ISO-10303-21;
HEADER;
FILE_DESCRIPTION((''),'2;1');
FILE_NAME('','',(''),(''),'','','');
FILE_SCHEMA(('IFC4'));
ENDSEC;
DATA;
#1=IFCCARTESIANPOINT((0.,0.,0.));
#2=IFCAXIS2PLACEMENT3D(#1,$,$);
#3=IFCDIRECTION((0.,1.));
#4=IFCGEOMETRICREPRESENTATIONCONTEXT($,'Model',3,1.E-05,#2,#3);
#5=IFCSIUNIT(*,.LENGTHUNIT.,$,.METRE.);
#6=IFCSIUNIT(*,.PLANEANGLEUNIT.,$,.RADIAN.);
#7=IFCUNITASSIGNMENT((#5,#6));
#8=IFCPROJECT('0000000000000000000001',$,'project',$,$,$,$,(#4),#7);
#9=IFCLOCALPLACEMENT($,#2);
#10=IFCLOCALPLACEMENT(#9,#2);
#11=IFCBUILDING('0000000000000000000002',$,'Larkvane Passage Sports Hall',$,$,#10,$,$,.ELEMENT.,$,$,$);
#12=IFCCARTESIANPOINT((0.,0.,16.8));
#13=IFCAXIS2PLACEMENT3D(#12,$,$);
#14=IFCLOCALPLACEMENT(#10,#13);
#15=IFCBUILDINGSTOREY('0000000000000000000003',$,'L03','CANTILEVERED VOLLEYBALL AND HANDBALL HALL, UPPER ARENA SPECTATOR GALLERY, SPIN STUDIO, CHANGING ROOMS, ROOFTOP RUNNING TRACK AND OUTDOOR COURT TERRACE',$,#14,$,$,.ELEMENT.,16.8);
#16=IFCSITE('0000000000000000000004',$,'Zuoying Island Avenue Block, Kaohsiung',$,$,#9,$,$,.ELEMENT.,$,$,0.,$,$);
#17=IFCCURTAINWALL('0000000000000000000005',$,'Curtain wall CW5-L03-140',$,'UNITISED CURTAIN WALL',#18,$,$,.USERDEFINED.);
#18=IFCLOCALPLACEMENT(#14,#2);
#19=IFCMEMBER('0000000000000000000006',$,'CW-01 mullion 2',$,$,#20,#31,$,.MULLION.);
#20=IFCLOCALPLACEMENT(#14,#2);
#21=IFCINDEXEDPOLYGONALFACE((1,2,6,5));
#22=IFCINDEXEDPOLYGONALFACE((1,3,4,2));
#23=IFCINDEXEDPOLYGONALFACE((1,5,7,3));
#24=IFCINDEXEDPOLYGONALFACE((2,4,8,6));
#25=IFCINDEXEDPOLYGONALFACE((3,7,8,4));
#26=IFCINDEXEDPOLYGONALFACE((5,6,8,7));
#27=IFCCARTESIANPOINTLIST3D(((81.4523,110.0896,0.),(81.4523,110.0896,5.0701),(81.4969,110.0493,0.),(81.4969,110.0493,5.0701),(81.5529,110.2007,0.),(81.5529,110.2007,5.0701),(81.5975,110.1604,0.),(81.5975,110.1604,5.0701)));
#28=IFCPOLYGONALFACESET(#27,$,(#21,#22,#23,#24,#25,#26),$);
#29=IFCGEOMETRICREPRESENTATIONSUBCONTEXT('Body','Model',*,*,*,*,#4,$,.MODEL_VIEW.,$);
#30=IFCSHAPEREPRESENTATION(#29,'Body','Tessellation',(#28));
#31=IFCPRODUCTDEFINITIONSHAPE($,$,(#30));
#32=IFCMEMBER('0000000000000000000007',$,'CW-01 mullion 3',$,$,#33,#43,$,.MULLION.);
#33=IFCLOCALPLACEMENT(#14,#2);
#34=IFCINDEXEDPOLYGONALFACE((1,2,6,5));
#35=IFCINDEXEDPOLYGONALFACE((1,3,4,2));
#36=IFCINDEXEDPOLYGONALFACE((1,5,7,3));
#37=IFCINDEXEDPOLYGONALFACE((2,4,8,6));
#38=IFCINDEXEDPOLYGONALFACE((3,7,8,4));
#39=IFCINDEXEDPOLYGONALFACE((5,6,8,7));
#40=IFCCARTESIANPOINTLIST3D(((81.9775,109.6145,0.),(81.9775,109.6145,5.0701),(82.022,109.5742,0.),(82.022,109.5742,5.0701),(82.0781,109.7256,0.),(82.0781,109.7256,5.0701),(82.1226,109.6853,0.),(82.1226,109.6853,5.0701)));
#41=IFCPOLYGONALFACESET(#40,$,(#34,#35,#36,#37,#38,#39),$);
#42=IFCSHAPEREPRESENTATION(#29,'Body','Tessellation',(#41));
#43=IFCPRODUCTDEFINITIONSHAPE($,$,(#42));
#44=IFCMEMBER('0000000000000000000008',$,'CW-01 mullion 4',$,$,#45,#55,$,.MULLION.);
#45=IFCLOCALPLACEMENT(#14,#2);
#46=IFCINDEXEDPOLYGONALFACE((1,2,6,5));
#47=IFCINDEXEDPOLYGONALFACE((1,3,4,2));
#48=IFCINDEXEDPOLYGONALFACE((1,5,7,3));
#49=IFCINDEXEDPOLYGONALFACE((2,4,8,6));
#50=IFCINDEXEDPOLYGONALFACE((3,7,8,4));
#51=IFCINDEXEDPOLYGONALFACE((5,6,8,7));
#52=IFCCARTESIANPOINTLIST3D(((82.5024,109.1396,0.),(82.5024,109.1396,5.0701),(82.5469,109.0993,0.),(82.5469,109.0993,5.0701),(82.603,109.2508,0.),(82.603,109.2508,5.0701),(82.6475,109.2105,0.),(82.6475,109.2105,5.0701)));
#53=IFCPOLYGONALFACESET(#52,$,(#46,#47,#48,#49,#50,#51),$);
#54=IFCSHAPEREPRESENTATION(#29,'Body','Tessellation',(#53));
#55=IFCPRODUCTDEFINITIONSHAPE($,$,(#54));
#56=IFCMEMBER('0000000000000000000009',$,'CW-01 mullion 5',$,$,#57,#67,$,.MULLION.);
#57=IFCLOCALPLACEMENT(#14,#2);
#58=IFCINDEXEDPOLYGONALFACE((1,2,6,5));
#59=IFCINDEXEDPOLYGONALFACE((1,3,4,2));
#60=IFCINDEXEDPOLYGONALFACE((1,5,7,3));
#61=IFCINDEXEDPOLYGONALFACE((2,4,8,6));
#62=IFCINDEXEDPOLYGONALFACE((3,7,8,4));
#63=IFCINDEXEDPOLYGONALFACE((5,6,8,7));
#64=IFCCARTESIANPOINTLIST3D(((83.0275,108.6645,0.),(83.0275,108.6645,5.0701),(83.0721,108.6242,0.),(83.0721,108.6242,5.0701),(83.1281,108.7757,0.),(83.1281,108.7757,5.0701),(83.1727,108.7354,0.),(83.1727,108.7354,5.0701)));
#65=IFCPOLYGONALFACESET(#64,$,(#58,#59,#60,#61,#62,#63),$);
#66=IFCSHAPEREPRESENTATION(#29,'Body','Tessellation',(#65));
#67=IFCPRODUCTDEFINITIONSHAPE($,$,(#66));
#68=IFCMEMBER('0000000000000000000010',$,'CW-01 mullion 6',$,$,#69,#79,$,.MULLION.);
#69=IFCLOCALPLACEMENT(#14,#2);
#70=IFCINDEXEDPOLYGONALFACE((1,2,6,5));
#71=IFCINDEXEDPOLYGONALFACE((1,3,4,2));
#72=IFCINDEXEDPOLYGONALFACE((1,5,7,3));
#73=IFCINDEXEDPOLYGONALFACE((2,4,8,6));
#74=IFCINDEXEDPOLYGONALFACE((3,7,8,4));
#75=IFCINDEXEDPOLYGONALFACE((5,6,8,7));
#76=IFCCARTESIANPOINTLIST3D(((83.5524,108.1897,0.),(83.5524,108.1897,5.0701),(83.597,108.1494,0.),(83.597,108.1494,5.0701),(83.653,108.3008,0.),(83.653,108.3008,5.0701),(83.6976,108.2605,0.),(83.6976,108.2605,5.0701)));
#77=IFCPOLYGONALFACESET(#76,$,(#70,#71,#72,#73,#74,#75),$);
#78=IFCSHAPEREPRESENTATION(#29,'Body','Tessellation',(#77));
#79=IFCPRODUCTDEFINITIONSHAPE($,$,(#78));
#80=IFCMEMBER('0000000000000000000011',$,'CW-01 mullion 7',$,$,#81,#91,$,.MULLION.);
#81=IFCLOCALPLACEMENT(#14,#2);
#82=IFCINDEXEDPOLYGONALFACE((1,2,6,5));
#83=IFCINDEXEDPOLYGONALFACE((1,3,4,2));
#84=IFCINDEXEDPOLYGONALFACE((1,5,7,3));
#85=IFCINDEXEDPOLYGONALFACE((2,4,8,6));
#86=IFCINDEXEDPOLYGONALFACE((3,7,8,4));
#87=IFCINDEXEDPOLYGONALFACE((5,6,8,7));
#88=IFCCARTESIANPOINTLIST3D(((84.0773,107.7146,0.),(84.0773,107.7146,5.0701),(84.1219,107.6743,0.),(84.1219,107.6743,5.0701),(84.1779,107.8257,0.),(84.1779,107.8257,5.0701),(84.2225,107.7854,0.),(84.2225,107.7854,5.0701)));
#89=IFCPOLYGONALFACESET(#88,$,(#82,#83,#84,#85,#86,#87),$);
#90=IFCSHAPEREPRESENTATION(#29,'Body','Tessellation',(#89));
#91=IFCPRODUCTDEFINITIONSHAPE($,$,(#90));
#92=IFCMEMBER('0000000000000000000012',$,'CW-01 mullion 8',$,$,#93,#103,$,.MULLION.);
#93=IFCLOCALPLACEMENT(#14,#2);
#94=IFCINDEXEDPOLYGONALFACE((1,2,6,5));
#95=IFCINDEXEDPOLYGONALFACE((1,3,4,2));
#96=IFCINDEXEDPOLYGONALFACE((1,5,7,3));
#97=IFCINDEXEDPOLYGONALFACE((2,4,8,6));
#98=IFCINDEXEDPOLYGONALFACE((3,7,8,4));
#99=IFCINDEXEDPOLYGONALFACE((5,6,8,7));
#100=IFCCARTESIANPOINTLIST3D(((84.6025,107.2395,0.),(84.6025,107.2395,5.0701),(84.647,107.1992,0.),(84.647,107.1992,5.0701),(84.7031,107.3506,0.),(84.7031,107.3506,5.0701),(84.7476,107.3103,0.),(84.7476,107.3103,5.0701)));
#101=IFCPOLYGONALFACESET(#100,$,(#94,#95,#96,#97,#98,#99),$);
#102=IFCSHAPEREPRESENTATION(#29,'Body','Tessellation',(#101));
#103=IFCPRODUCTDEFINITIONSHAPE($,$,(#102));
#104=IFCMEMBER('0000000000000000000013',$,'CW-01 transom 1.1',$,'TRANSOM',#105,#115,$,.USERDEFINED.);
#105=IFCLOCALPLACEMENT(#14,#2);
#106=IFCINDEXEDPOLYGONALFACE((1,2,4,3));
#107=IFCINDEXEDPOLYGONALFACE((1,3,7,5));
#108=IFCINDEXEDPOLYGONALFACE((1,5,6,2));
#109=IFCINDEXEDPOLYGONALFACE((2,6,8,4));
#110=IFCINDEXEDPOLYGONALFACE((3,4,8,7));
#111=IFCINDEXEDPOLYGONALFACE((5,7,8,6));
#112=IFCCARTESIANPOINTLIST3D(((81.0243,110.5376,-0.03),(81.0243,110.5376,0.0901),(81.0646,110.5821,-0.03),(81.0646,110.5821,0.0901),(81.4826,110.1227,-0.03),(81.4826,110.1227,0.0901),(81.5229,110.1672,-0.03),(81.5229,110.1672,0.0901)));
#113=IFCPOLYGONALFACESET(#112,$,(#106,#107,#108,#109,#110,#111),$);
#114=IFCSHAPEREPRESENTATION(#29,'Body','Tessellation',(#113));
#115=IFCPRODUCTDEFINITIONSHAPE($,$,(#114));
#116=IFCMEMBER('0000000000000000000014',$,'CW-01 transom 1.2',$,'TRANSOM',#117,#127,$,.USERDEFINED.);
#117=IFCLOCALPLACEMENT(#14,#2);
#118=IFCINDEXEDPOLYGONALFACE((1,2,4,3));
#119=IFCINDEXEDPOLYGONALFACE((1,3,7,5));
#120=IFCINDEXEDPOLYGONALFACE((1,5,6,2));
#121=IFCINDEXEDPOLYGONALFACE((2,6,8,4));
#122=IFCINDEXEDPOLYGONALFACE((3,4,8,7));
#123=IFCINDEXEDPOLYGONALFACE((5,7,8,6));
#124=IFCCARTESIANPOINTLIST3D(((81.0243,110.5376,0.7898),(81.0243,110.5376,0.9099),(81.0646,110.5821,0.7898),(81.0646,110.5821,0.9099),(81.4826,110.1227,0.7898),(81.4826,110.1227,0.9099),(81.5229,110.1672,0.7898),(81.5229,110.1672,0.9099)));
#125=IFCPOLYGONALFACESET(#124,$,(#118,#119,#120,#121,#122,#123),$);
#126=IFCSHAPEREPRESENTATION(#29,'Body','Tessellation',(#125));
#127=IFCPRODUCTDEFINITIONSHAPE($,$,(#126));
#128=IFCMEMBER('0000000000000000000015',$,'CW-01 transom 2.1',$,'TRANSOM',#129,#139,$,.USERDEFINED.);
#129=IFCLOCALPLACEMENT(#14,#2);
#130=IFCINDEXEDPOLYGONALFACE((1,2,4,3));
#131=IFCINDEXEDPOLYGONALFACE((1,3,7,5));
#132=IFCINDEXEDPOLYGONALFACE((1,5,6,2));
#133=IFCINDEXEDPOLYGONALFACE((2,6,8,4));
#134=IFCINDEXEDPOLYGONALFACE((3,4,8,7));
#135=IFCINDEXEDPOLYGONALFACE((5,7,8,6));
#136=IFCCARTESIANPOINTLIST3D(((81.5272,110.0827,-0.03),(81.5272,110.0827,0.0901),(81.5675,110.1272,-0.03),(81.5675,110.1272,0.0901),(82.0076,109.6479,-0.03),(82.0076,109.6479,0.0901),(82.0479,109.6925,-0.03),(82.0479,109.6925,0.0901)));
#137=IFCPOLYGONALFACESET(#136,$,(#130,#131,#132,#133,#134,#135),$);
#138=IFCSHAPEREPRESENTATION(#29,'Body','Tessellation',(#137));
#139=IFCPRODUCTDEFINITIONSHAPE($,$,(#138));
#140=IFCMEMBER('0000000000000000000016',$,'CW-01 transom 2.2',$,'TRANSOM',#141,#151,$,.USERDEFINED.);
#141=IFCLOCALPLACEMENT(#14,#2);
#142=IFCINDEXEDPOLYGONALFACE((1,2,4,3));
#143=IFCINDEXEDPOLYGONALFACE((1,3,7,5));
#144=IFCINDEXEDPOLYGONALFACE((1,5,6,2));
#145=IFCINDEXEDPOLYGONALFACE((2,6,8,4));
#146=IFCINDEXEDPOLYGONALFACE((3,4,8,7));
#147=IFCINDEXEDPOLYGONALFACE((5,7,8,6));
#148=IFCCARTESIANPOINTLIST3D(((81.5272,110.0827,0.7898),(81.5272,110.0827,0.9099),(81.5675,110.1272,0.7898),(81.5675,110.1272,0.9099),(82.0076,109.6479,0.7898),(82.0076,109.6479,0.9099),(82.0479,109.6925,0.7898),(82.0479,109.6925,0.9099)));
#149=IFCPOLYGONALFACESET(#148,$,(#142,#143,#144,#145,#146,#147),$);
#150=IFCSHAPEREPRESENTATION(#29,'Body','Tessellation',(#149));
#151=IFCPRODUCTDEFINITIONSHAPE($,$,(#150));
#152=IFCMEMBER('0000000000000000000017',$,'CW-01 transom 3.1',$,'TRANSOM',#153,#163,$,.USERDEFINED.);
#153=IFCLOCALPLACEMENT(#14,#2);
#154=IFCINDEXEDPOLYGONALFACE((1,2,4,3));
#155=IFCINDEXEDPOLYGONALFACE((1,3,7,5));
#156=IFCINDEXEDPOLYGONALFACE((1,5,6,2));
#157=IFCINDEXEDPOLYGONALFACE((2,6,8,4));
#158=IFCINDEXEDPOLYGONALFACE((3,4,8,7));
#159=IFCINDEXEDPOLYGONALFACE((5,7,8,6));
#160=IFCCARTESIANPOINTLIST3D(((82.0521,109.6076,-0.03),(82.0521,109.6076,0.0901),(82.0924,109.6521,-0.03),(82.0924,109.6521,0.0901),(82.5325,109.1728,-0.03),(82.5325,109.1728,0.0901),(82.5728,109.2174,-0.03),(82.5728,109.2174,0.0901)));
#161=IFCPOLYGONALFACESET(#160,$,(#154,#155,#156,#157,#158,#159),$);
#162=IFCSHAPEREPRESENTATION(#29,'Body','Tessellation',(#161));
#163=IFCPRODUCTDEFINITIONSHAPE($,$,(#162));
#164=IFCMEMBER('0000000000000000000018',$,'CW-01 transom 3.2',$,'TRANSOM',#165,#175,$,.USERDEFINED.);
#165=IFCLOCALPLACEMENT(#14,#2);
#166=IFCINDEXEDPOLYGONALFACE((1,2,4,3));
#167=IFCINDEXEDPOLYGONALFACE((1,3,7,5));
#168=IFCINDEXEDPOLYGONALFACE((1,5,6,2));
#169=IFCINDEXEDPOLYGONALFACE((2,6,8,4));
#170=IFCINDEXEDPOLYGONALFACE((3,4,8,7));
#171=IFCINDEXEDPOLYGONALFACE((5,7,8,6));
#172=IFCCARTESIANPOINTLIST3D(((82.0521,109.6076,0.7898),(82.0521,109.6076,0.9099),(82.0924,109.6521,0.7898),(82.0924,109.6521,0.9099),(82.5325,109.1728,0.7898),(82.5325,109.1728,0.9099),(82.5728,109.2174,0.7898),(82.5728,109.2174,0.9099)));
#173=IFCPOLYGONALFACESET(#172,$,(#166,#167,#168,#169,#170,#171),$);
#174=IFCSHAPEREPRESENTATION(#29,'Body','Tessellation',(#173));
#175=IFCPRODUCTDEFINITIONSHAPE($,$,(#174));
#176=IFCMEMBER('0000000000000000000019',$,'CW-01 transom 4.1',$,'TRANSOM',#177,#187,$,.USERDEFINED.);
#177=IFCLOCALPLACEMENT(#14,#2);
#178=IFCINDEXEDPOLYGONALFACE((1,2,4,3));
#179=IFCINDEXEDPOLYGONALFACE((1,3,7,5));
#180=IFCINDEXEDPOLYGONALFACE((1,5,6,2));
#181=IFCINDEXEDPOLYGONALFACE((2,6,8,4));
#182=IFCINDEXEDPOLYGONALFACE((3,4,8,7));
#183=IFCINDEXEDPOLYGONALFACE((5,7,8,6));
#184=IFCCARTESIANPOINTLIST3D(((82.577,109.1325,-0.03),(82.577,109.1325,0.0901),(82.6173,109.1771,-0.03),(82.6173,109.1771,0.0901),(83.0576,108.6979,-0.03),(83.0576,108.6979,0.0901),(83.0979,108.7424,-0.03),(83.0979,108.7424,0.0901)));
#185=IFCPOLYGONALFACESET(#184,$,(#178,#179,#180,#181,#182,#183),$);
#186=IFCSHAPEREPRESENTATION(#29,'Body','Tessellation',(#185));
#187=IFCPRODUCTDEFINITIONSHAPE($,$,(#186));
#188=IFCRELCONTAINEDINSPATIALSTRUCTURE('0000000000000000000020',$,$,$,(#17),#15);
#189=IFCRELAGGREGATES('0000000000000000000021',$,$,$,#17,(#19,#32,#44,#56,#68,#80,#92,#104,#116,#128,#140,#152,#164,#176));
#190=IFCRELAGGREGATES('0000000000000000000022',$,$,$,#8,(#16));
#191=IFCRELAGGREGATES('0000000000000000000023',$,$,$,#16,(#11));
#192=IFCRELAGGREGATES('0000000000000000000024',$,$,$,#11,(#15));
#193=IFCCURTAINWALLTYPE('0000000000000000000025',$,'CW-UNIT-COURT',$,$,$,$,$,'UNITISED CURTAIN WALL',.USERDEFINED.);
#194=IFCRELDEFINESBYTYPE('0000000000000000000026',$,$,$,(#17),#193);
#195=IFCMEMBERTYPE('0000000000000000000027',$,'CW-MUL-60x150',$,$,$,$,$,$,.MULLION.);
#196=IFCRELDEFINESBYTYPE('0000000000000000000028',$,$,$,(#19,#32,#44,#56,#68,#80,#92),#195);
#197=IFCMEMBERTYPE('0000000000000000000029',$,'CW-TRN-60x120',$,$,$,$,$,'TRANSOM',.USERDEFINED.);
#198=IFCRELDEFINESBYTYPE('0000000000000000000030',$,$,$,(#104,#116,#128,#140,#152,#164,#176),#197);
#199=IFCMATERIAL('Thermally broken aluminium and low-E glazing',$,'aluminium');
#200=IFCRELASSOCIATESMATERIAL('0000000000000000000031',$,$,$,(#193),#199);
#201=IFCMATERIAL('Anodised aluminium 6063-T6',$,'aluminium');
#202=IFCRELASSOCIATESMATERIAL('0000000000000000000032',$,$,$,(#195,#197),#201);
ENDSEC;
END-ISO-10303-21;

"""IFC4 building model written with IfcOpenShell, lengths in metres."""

from ifc_helpers import new_model, si_unit, direction, frame, origin, origin_2d, place, context, subcontext, project, spatial, rectangle, extrude, material, material_profile, profile_set, type_object, element, aggregate, save


model = new_model("IFC4")

# Units and contexts
model_context = context("Model", 3, precision=1e-05, world=origin(), true_north=direction((0.0, 1.0)))
body_context = subcontext(model_context, "Body", "Model", "MODEL_VIEW")
ifc_project = project(units=[si_unit("LENGTHUNIT", "METRE"), si_unit("PLANEANGLEUNIT", "RADIAN")], contexts=[model_context])

# Site, building, storey
site_placement = place(None, origin())
site = spatial("IfcSite", under=ifc_project, at=site_placement, Name="Zuoying Island Avenue Block, Kaohsiung", CompositionType="ELEMENT", RefElevation=0.0)
building_placement = place(site_placement, origin())
building = spatial("IfcBuilding", under=site, at=building_placement, Name="Larkvane Passage Sports Hall", CompositionType="ELEMENT")
storey_placement = place(building_placement, frame((0.0, 0.0, 16.8)))
storey = spatial("IfcBuildingStorey", under=building, at=storey_placement, Name="L03", Description="CANTILEVERED VOLLEYBALL AND HANDBALL HALL, UPPER ARENA SPECTATOR GALLERY, SPIN STUDIO, CHANGING ROOMS, ROOFTOP RUNNING TRACK AND OUTDOOR COURT TERRACE", CompositionType="ELEMENT", Elevation=16.8)

# Curtain wall, members
ifc_material_1 = material(Name="Thermally broken aluminium and low-E glazing", Category="aluminium")
curtain_wall_type = type_object("IfcCurtainWallType", Name="CW-UNIT-COURT", ElementType="UNITISED CURTAIN WALL", PredefinedType="USERDEFINED", material=ifc_material_1)
curtain_wall_placement = place(storey_placement, origin())
curtain_wall = element("IfcCurtainWall", 1, at=curtain_wall_placement, inside=storey, type_object=curtain_wall_type, Name="Curtain wall CW5-L03-140", ObjectType="UNITISED CURTAIN WALL", PredefinedType="USERDEFINED")
ifc_material_2 = material(Name="Anodised aluminium 6063-T6", Category="aluminium")
ifc_material_profile_1 = material_profile(ifc_material_2, rectangle(XDim=0.0601, YDim=0.1499, at=origin_2d()), Name="ALU-MUL-60x150")
ifc_profile_set_1 = profile_set([ifc_material_profile_1], Name="Anodised aluminium 6063-T6")
member_type_1 = type_object("IfcMemberType", Name="CW-MUL-60x150", PredefinedType="MULLION", material=ifc_profile_set_1)
member_1_placement = place(storey_placement, frame((81.5249, 110.125, 0.0), z_axis=(0.0, 0.0, 1.0), x_axis=(0.741536, -0.670913, 0.0)))
member_1 = element("IfcMember", 2, at=member_1_placement, type_object=member_type_1, Name="CW-01 mullion 2", PredefinedType="MULLION", context=body_context, shape_type="SweptSolid", body=[
    extrude(rectangle(XDim=0.0601, YDim=0.1499, at=origin_2d()), origin(), (0.0, 0.0, 1.0), 5.0701),
])
member_2_placement = place(storey_placement, frame((82.05, 109.6499, 0.0), z_axis=(0.0, 0.0, 1.0), x_axis=(0.741536, -0.670913, 0.0)))
member_2 = element("IfcMember", 3, at=member_2_placement, type_object=member_type_1, Name="CW-01 mullion 3", PredefinedType="MULLION", context=body_context, shape_type="SweptSolid", body=[
    extrude(rectangle(XDim=0.0601, YDim=0.1499, at=origin_2d()), origin(), (0.0, 0.0, 1.0), 5.0701),
])
member_3_placement = place(storey_placement, frame((82.575, 109.175, 0.0), z_axis=(0.0, 0.0, 1.0), x_axis=(0.741536, -0.670913, 0.0)))
member_3 = element("IfcMember", 4, at=member_3_placement, type_object=member_type_1, Name="CW-01 mullion 4", PredefinedType="MULLION", context=body_context, shape_type="SweptSolid", body=[
    extrude(rectangle(XDim=0.0601, YDim=0.1499, at=origin_2d()), origin(), (0.0, 0.0, 1.0), 5.0701),
])
member_4_placement = place(storey_placement, frame((83.1001, 108.7, 0.0), z_axis=(0.0, 0.0, 1.0), x_axis=(0.741536, -0.670913, 0.0)))
member_4 = element("IfcMember", 5, at=member_4_placement, type_object=member_type_1, Name="CW-01 mullion 5", PredefinedType="MULLION", context=body_context, shape_type="SweptSolid", body=[
    extrude(rectangle(XDim=0.0601, YDim=0.1499, at=origin_2d()), origin(), (0.0, 0.0, 1.0), 5.0701),
])
member_5_placement = place(storey_placement, frame((83.625, 108.2251, 0.0), z_axis=(0.0, 0.0, 1.0), x_axis=(0.741536, -0.670913, 0.0)))
member_5 = element("IfcMember", 6, at=member_5_placement, type_object=member_type_1, Name="CW-01 mullion 6", PredefinedType="MULLION", context=body_context, shape_type="SweptSolid", body=[
    extrude(rectangle(XDim=0.0601, YDim=0.1499, at=origin_2d()), origin(), (0.0, 0.0, 1.0), 5.0701),
])
member_6_placement = place(storey_placement, frame((84.1499, 107.75, 0.0), z_axis=(0.0, 0.0, 1.0), x_axis=(0.741536, -0.670913, 0.0)))
member_6 = element("IfcMember", 7, at=member_6_placement, type_object=member_type_1, Name="CW-01 mullion 7", PredefinedType="MULLION", context=body_context, shape_type="SweptSolid", body=[
    extrude(rectangle(XDim=0.0601, YDim=0.1499, at=origin_2d()), origin(), (0.0, 0.0, 1.0), 5.0701),
])
member_7_placement = place(storey_placement, frame((84.675, 107.2749, 0.0), z_axis=(0.0, 0.0, 1.0), x_axis=(0.741536, -0.670913, 0.0)))
member_7 = element("IfcMember", 8, at=member_7_placement, type_object=member_type_1, Name="CW-01 mullion 8", PredefinedType="MULLION", context=body_context, shape_type="SweptSolid", body=[
    extrude(rectangle(XDim=0.0601, YDim=0.1499, at=origin_2d()), origin(), (0.0, 0.0, 1.0), 5.0701),
])
ifc_material_profile_2 = material_profile(ifc_material_2, rectangle(XDim=0.0601, YDim=0.1201, at=origin_2d()), Name="ALU-TRN-60x120")
ifc_profile_set_2 = profile_set([ifc_material_profile_2], Name="Anodised aluminium 6063-T6")
member_type_2 = type_object("IfcMemberType", Name="CW-TRN-60x120", ElementType="TRANSOM", PredefinedType="USERDEFINED", material=ifc_profile_set_2)
member_8_placement = place(storey_placement, frame((81.0444, 110.5598, 0.03), z_axis=(0.741386, -0.671079, 0.0), x_axis=(0.671079, 0.741386, 0.0)))
member_8 = element("IfcMember", 9, at=member_8_placement, type_object=member_type_2, Name="CW-01 transom 1.1", ObjectType="TRANSOM", PredefinedType="USERDEFINED", context=body_context, shape_type="SweptSolid", body=[
    extrude(rectangle(XDim=0.0601, YDim=0.1201, at=origin_2d()), origin(), (0.0, 0.0, 1.0), 0.6182),
])
member_9_placement = place(storey_placement, frame((81.0444, 110.5598, 0.8499), z_axis=(0.741386, -0.671079, 0.0), x_axis=(0.671079, 0.741386, 0.0)))
member_9 = element("IfcMember", 10, at=member_9_placement, type_object=member_type_2, Name="CW-01 transom 1.2", ObjectType="TRANSOM", PredefinedType="USERDEFINED", context=body_context, shape_type="SweptSolid", body=[
    extrude(rectangle(XDim=0.0601, YDim=0.1201, at=origin_2d()), origin(), (0.0, 0.0, 1.0), 0.6182),
])
member_10_placement = place(storey_placement, frame((81.5474, 110.105, 0.03), z_axis=(0.741455, -0.671002, 0.0), x_axis=(0.671002, 0.741455, 0.0)))
member_10 = element("IfcMember", 11, at=member_10_placement, type_object=member_type_2, Name="CW-01 transom 2.1", ObjectType="TRANSOM", PredefinedType="USERDEFINED", context=body_context, shape_type="SweptSolid", body=[
    extrude(rectangle(XDim=0.0601, YDim=0.1201, at=origin_2d()), origin(), (0.0, 0.0, 1.0), 0.6479),
])
member_11_placement = place(storey_placement, frame((81.5474, 110.105, 0.8499), z_axis=(0.741455, -0.671002, 0.0), x_axis=(0.671002, 0.741455, 0.0)))
member_11 = element("IfcMember", 12, at=member_11_placement, type_object=member_type_2, Name="CW-01 transom 2.2", ObjectType="TRANSOM", PredefinedType="USERDEFINED", context=body_context, shape_type="SweptSolid", body=[
    extrude(rectangle(XDim=0.0601, YDim=0.1201, at=origin_2d()), origin(), (0.0, 0.0, 1.0), 0.6479),
])
member_12_placement = place(storey_placement, frame((82.0723, 109.6299, 0.03), z_axis=(0.741455, -0.671002, 0.0), x_axis=(0.671002, 0.741455, 0.0)))
member_12 = element("IfcMember", 13, at=member_12_placement, type_object=member_type_2, Name="CW-01 transom 3.1", ObjectType="TRANSOM", PredefinedType="USERDEFINED", context=body_context, shape_type="SweptSolid", body=[
    extrude(rectangle(XDim=0.0601, YDim=0.1201, at=origin_2d()), origin(), (0.0, 0.0, 1.0), 0.6479),
])
member_13_placement = place(storey_placement, frame((82.0723, 109.6299, 0.8499), z_axis=(0.741455, -0.671002, 0.0), x_axis=(0.671002, 0.741455, 0.0)))
member_13 = element("IfcMember", 14, at=member_13_placement, type_object=member_type_2, Name="CW-01 transom 3.2", ObjectType="TRANSOM", PredefinedType="USERDEFINED", context=body_context, shape_type="SweptSolid", body=[
    extrude(rectangle(XDim=0.0601, YDim=0.1201, at=origin_2d()), origin(), (0.0, 0.0, 1.0), 0.6479),
])
member_14_placement = place(storey_placement, frame((82.5972, 109.1548, 0.03), z_axis=(0.741643, -0.670795, 0.0), x_axis=(0.670795, 0.741643, 0.0)))
member_14 = element("IfcMember", 15, at=member_14_placement, type_object=member_type_2, Name="CW-01 transom 4.1", ObjectType="TRANSOM", PredefinedType="USERDEFINED", context=body_context, shape_type="SweptSolid", body=[
    extrude(rectangle(XDim=0.0601, YDim=0.1201, at=origin_2d()), origin(), (0.0, 0.0, 1.0), 0.6479),
])
aggregate(curtain_wall, [member_1, member_2, member_3, member_4, member_5, member_6, member_7, member_8, member_9, member_10, member_11, member_12, member_13, member_14])

save(model, "model.ifc")
